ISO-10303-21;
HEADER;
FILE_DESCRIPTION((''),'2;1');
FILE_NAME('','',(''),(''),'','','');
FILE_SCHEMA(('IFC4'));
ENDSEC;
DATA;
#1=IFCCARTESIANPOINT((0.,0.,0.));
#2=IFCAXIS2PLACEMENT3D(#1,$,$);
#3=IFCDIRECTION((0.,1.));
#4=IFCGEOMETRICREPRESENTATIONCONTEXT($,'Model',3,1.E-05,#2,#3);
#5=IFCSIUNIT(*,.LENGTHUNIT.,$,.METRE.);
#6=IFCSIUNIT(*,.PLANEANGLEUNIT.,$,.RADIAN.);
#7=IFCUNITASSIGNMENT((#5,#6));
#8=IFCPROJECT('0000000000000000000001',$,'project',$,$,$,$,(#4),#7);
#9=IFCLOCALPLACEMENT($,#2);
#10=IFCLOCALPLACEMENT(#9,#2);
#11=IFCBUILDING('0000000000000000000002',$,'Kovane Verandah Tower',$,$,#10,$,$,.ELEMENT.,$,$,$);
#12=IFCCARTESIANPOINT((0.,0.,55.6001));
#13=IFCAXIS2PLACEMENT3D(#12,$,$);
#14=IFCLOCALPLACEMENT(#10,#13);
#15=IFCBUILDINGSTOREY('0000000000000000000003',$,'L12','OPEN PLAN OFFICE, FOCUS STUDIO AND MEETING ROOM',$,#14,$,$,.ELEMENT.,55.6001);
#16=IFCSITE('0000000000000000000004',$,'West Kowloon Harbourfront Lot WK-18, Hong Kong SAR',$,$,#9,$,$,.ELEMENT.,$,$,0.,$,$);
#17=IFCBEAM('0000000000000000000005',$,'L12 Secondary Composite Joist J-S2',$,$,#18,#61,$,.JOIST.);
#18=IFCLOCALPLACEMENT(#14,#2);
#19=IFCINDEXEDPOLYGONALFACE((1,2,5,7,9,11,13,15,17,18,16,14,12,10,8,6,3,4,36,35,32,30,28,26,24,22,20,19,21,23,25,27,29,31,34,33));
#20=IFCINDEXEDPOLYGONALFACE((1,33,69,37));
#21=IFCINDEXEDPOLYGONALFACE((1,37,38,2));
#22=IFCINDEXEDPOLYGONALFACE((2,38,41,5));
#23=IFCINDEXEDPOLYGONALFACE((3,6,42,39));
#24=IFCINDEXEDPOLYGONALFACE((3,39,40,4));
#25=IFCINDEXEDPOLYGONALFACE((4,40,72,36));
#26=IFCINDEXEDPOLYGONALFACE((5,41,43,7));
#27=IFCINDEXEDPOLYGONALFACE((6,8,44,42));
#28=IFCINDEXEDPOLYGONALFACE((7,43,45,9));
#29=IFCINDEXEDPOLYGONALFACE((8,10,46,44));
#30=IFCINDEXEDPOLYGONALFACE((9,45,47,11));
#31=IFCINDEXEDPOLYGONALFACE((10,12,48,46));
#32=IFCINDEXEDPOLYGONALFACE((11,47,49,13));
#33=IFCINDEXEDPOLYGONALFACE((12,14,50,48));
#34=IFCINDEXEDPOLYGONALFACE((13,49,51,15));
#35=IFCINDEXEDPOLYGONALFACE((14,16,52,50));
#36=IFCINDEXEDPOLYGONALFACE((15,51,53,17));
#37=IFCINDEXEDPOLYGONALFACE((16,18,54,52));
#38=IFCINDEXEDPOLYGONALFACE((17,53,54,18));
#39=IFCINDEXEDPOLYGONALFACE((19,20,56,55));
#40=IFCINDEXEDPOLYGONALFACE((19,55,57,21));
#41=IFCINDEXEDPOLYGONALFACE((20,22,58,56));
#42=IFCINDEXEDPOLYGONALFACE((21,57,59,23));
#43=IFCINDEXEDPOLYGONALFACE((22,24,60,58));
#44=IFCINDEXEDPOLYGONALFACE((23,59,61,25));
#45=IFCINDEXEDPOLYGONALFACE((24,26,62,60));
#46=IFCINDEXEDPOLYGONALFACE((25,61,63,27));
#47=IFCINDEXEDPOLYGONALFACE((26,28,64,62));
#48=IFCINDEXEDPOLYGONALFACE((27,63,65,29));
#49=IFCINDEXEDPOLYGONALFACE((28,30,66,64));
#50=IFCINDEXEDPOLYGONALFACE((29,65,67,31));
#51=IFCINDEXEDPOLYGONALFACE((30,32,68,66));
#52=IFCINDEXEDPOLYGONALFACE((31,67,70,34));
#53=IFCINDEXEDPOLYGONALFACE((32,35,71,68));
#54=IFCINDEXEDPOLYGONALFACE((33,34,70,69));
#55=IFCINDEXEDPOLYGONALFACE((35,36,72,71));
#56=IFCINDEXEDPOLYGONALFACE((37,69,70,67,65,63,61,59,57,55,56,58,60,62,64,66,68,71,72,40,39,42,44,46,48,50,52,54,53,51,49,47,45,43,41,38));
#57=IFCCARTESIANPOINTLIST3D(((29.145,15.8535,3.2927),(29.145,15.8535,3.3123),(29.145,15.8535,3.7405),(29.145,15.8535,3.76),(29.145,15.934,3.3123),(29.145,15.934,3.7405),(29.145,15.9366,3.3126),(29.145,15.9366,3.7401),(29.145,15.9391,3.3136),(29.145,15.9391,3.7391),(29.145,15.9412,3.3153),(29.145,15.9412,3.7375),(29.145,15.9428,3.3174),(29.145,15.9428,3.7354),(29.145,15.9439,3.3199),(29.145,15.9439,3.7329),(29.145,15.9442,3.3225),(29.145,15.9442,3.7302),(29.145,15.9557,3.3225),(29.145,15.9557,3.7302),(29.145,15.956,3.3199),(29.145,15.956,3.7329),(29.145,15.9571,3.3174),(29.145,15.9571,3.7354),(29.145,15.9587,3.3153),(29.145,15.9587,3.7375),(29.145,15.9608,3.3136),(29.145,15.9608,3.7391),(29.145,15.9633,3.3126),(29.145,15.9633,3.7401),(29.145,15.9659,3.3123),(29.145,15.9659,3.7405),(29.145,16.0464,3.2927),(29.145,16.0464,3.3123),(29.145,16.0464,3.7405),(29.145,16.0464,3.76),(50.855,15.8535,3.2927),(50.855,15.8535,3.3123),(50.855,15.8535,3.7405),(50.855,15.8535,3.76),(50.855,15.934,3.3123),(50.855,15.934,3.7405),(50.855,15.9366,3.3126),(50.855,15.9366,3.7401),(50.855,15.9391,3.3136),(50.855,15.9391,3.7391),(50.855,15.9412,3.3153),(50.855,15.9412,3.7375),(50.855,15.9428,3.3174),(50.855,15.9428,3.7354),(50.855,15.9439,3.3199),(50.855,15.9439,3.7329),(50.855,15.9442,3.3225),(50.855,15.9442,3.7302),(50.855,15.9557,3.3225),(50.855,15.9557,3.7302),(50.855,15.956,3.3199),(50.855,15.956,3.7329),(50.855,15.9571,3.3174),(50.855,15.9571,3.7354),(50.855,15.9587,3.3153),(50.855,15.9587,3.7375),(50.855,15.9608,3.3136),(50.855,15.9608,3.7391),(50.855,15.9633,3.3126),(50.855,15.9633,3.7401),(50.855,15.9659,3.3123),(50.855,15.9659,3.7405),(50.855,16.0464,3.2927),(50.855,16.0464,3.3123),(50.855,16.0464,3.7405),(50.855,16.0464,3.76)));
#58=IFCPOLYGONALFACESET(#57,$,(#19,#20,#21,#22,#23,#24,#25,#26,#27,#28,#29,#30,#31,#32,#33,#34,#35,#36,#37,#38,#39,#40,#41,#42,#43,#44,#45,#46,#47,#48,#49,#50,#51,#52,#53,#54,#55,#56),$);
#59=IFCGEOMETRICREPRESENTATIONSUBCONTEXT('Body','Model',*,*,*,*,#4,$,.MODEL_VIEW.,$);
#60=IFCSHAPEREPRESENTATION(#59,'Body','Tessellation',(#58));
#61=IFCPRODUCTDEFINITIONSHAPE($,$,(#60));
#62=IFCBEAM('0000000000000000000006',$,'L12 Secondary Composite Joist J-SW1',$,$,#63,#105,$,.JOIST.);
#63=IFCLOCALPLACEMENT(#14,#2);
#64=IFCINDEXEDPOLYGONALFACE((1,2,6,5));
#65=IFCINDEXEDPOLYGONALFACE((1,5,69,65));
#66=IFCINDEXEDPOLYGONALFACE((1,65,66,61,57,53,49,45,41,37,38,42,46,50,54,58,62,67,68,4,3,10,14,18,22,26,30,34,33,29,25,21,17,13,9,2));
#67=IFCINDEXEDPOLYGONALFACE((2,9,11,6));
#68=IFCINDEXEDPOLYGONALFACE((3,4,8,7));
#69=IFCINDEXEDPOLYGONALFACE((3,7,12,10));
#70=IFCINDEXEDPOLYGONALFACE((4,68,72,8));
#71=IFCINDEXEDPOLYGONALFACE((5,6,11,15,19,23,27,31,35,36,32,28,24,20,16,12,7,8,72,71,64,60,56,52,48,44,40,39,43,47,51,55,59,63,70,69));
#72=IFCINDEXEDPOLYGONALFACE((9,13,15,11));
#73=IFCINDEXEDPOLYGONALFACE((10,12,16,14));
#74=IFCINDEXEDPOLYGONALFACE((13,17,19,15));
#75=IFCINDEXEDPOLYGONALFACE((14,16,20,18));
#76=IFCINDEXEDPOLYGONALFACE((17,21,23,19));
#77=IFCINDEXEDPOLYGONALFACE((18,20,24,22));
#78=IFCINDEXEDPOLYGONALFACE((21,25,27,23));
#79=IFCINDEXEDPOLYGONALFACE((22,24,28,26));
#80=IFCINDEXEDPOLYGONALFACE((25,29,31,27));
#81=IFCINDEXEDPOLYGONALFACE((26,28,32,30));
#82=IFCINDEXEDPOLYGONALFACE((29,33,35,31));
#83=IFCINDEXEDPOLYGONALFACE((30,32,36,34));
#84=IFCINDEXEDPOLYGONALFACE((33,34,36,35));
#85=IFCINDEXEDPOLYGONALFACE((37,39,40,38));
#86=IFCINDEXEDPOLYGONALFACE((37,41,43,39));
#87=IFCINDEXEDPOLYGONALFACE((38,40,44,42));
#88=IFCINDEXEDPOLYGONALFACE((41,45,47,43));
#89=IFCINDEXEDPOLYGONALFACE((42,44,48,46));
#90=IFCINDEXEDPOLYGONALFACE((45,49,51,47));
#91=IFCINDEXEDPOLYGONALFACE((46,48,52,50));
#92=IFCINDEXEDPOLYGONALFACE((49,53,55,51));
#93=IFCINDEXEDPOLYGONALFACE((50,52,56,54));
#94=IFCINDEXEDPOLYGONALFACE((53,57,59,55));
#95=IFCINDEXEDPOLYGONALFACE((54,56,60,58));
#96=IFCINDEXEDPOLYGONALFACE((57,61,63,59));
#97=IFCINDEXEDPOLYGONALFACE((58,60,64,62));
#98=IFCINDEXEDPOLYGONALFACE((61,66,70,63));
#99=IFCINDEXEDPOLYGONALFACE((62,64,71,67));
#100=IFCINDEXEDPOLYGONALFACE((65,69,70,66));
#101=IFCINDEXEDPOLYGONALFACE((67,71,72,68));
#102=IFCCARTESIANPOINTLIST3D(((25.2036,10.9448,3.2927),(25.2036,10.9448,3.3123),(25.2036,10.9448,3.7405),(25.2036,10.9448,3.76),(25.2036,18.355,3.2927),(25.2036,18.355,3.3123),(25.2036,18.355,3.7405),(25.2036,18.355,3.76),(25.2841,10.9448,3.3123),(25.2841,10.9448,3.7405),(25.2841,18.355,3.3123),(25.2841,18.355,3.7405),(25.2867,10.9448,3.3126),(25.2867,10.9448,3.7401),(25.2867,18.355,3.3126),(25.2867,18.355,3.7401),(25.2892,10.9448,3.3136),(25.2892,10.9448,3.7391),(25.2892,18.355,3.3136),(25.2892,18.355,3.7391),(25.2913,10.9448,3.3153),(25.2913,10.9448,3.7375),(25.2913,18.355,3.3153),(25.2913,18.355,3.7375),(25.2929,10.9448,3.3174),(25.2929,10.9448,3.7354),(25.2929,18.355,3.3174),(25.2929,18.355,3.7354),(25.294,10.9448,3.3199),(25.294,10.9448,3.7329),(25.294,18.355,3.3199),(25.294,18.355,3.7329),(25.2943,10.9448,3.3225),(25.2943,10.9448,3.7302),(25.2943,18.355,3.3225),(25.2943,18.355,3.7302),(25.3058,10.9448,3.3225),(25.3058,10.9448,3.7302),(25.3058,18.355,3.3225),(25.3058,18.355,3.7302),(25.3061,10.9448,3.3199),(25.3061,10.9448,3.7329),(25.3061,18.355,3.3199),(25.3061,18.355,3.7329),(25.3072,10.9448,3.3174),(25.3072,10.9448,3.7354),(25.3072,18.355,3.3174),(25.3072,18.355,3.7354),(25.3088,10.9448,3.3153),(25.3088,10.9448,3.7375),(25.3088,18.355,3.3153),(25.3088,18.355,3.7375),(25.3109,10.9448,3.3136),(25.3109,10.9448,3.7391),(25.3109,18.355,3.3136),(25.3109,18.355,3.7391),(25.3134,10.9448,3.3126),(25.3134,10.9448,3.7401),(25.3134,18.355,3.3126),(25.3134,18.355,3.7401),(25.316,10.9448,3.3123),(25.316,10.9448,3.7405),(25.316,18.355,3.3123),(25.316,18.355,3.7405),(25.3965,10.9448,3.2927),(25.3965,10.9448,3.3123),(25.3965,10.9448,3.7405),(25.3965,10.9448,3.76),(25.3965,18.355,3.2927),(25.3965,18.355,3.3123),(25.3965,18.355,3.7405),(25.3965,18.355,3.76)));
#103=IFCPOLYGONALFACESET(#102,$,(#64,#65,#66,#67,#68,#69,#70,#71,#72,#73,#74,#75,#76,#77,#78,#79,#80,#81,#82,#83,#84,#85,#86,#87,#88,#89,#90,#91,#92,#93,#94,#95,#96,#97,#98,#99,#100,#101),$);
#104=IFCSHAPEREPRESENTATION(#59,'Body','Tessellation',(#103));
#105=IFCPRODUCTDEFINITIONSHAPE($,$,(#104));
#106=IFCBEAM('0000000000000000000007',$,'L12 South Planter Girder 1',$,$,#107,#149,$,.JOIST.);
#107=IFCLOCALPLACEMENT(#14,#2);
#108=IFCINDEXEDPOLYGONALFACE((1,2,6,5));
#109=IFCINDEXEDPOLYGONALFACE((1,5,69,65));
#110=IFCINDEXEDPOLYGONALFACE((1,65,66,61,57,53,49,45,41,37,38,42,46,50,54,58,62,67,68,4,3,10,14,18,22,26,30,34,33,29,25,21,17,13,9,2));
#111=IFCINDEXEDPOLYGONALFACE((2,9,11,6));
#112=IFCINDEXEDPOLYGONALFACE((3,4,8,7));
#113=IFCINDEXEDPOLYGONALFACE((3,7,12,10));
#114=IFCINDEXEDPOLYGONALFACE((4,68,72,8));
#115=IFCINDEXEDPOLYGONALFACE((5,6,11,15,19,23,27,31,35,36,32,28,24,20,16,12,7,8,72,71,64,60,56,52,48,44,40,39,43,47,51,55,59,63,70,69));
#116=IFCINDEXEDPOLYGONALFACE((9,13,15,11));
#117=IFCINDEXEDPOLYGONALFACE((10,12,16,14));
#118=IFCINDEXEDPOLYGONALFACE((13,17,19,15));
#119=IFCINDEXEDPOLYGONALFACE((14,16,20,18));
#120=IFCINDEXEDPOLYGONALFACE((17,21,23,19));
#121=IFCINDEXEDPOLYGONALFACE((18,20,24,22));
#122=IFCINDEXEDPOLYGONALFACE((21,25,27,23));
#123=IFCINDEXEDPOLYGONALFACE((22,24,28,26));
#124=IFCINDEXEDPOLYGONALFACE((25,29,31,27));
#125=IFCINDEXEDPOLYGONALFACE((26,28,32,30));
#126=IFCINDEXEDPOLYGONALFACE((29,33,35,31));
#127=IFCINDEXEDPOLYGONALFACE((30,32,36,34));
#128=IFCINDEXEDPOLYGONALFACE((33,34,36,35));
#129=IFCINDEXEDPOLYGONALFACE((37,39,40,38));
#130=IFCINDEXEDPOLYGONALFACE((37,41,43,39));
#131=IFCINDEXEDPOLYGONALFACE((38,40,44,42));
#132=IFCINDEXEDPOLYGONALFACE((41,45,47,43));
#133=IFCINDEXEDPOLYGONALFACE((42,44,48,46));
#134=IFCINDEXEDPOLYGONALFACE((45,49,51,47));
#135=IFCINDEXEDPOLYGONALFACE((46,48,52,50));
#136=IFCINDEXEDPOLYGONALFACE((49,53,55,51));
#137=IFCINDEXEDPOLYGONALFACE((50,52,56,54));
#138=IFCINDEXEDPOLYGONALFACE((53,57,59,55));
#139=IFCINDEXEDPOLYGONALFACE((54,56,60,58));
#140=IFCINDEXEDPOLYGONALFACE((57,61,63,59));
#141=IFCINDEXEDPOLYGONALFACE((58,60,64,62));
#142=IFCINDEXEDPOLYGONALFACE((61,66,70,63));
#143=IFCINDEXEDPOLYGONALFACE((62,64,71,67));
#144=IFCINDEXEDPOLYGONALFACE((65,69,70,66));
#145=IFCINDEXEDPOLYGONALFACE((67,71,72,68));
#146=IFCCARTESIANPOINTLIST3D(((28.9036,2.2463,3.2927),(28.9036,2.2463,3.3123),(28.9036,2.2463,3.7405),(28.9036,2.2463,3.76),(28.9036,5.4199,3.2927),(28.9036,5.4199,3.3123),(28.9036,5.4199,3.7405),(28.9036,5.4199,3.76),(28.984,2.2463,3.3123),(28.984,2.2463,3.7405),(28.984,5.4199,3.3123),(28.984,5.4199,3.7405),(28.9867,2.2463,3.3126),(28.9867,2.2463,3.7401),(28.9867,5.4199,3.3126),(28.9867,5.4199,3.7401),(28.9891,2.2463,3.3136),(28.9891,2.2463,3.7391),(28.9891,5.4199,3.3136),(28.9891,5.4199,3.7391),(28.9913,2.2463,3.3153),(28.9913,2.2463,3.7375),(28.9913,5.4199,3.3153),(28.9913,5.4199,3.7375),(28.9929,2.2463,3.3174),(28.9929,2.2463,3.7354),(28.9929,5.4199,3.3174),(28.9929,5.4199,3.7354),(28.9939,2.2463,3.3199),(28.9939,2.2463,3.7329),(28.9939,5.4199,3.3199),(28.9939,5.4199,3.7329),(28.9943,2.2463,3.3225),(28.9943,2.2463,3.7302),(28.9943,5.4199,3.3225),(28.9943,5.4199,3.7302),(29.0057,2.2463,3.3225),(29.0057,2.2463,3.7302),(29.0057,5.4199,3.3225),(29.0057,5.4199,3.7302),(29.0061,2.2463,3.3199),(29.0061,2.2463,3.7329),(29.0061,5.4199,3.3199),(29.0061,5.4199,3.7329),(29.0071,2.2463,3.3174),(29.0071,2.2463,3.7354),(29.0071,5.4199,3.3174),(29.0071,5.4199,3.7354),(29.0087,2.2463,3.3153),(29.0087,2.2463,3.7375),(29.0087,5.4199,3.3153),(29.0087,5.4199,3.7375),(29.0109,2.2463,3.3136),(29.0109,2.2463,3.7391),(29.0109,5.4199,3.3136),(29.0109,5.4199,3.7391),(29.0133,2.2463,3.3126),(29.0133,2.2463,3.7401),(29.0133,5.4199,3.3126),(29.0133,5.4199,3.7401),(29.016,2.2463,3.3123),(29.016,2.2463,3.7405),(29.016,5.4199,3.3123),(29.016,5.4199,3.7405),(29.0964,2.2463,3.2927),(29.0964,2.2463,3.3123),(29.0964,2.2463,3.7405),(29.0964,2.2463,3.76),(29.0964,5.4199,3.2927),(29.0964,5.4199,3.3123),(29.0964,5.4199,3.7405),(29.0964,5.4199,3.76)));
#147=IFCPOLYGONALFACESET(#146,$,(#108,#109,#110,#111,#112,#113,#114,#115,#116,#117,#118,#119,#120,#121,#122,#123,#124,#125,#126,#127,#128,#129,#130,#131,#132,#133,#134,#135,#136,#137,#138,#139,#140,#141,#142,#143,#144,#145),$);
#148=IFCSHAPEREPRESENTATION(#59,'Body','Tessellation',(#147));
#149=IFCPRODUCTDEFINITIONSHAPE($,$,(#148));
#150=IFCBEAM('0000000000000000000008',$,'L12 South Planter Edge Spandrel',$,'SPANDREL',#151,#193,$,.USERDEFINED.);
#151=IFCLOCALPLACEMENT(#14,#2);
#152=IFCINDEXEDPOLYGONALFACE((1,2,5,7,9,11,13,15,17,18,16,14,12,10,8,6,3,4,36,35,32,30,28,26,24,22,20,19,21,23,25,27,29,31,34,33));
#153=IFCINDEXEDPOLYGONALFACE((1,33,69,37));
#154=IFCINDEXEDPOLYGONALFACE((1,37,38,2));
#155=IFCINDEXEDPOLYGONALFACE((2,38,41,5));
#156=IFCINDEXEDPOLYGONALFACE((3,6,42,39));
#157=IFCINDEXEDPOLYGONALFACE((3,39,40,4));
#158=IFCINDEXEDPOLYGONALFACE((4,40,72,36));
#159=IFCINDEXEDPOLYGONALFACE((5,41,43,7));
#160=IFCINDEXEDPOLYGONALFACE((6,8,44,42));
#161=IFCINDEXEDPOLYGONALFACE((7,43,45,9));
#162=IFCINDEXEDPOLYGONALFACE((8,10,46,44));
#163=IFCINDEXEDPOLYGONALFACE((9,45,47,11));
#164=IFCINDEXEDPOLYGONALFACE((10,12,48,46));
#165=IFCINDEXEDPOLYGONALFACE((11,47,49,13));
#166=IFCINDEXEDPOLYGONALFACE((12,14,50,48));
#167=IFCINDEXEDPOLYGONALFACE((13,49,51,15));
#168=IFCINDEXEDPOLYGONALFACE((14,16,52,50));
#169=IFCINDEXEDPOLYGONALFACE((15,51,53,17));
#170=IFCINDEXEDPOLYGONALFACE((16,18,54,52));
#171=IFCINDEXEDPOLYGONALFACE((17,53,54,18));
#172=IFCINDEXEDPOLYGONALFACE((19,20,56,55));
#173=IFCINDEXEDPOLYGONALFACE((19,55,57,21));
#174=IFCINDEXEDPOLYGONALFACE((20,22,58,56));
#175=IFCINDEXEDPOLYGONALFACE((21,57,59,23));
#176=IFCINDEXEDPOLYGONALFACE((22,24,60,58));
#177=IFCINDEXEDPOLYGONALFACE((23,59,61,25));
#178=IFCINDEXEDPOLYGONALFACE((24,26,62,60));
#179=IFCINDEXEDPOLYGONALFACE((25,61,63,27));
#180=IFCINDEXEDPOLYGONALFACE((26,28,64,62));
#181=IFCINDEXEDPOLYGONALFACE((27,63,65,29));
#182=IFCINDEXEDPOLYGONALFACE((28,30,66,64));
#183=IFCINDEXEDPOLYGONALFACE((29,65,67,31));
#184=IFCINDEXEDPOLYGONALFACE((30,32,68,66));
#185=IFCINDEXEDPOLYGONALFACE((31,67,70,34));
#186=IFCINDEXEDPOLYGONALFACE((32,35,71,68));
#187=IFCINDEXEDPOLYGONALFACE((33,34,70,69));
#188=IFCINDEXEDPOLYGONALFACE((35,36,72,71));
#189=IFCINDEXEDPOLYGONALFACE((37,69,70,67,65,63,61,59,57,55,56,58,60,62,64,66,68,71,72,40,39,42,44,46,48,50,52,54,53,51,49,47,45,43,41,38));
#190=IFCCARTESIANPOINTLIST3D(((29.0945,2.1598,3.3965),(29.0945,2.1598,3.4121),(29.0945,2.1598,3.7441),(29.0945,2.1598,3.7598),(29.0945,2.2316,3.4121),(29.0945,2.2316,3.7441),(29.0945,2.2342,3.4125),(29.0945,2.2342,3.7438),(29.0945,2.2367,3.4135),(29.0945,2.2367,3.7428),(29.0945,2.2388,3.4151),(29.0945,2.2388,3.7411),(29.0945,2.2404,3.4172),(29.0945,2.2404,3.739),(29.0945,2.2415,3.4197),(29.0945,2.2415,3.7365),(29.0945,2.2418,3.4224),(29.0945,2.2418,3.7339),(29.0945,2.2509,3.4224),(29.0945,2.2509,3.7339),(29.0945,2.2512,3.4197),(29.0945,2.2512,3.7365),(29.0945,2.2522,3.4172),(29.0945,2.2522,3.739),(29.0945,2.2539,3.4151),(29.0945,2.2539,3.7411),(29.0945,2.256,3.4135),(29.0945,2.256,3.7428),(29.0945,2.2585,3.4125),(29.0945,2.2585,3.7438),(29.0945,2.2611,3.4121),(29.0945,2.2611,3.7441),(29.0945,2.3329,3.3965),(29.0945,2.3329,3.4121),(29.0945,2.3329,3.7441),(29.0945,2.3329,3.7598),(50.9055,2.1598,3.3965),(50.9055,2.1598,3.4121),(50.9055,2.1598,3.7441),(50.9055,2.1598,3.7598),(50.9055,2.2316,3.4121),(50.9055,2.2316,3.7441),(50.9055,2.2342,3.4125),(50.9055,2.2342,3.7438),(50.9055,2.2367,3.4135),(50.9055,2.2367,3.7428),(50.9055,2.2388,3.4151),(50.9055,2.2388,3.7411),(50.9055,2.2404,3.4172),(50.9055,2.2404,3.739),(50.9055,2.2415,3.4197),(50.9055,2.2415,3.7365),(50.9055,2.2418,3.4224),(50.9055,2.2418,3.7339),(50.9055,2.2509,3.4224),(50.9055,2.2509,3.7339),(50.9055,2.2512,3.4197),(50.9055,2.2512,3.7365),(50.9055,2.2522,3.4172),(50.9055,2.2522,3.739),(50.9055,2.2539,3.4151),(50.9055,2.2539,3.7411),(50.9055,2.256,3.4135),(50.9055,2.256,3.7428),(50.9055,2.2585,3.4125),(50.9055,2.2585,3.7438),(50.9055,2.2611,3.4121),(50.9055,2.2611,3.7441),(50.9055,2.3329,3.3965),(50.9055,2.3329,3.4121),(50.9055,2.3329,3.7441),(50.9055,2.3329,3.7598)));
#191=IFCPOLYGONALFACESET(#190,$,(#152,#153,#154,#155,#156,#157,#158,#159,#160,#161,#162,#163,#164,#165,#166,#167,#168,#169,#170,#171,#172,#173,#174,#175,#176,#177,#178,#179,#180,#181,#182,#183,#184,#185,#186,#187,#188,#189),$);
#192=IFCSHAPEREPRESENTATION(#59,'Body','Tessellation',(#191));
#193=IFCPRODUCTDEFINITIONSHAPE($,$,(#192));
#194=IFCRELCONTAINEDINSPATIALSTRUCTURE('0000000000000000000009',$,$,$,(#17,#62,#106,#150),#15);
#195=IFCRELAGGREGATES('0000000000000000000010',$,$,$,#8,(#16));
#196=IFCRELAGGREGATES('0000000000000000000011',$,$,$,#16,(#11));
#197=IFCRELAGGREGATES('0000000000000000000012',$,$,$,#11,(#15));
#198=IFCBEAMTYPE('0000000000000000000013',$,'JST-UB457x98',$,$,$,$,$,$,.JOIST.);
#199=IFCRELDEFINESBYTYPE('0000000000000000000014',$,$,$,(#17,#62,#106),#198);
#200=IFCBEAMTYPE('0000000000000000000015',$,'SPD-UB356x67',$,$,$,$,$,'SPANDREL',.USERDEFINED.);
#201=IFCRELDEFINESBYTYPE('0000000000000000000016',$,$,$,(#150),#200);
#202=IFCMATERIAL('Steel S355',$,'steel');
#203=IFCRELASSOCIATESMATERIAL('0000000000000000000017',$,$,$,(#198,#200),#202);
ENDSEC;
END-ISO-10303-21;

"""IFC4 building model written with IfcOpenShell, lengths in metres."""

from ifc_helpers import new_model, si_unit, direction, frame, origin, origin_2d, place, context, subcontext, project, spatial, i_section, extrude, material, material_profile, profile_set, type_object, element, save


model = new_model("IFC4")

# Units and contexts
model_context = context("Model", 3, precision=1e-05, world=origin(), true_north=direction((0.0, 1.0)))
body_context = subcontext(model_context, "Body", "Model", "MODEL_VIEW")
ifc_project = project(units=[si_unit("LENGTHUNIT", "METRE"), si_unit("PLANEANGLEUNIT", "RADIAN")], contexts=[model_context])

# Site, building, storey
site_placement = place(None, origin())
site = spatial("IfcSite", under=ifc_project, at=site_placement, Name="West Kowloon Harbourfront Lot WK-18, Hong Kong SAR", CompositionType="ELEMENT", RefElevation=0.0)
building_placement = place(site_placement, origin())
building = spatial("IfcBuilding", under=site, at=building_placement, Name="Kovane Verandah Tower", CompositionType="ELEMENT")
storey_placement = place(building_placement, frame((0.0, 0.0, 55.6001)))
storey = spatial("IfcBuildingStorey", under=building, at=storey_placement, Name="L12", Description="OPEN PLAN OFFICE, FOCUS STUDIO AND MEETING ROOM", CompositionType="ELEMENT", Elevation=55.6001)

# Beams
ifc_material_1 = material(Name="Steel S355", Category="steel")
ifc_material_profile_1 = material_profile(ifc_material_1, i_section(OverallWidth=0.1929, OverallDepth=0.4673, WebThickness=0.0115, FlangeThickness=0.0195, FilletRadius=0.0103, at=origin_2d()), Name="UB457x191x98")
ifc_profile_set_1 = profile_set([ifc_material_profile_1], Name="Steel S355")
beam_type_1 = type_object("IfcBeamType", Name="JST-UB457x98", PredefinedType="JOIST", material=ifc_profile_set_1)
for number, where, z_axis, x_axis, name in (
    (1, (29.145, 15.95, 3.5264), (1.0, 0.0, 0.0), (0.0, 1.0, 0.0), "L12 Secondary Composite Joist J-S2"),
):
    element("IfcBeam", number, at=place(storey_placement, frame(where, z_axis=z_axis, x_axis=x_axis)), inside=storey, type_object=beam_type_1, Name=name, PredefinedType="JOIST", context=body_context, shape_type="SweptSolid", body=[
        extrude(i_section(OverallWidth=0.1929, OverallDepth=0.4673, WebThickness=0.0115, FlangeThickness=0.0195, FilletRadius=0.0103, at=origin_2d()), origin(), (0.0, 0.0, 1.0), 21.71),
    ])
beam_1_placement = place(storey_placement, frame((25.3, 10.9448, 3.5264), z_axis=(0.0, 1.0, 0.0), x_axis=(-1.0, 0.0, 0.0)))
element("IfcBeam", 2, at=beam_1_placement, inside=storey, type_object=beam_type_1, Name="L12 Secondary Composite Joist J-SW1", PredefinedType="JOIST", context=body_context, shape_type="SweptSolid", body=[
    extrude(i_section(OverallWidth=0.1929, OverallDepth=0.4673, WebThickness=0.0115, FlangeThickness=0.0195, FilletRadius=0.0103, at=origin_2d()), origin(), (0.0, 0.0, 1.0), 7.4102),
])
beam_2_placement = place(storey_placement, frame((29.0, 5.4199, 3.5264), z_axis=(0.0, -1.0, 0.0), x_axis=(1.0, 0.0, 0.0)))
element("IfcBeam", 3, at=beam_2_placement, inside=storey, type_object=beam_type_1, Name="L12 South Planter Girder 1", PredefinedType="JOIST", context=body_context, shape_type="SweptSolid", body=[
    extrude(i_section(OverallWidth=0.1929, OverallDepth=0.4673, WebThickness=0.0115, FlangeThickness=0.0195, FilletRadius=0.0103, at=origin_2d()), origin(), (0.0, 0.0, 1.0), 3.1736),
])
ifc_material_profile_2 = material_profile(ifc_material_1, i_section(OverallWidth=0.1731, OverallDepth=0.3633, WebThickness=0.009, FlangeThickness=0.0156, FilletRadius=0.0103, at=origin_2d()), Name="UB356x171x67")
ifc_profile_set_2 = profile_set([ifc_material_profile_2], Name="Steel S355")
beam_type_2 = type_object("IfcBeamType", Name="SPD-UB356x67", ElementType="SPANDREL", PredefinedType="USERDEFINED", material=ifc_profile_set_2)
beam_3_placement = place(storey_placement, frame((29.0945, 2.2463, 3.5781), z_axis=(1.0, 0.0, 0.0), x_axis=(0.0, 1.0, 0.0)))
element("IfcBeam", 4, at=beam_3_placement, inside=storey, type_object=beam_type_2, Name="L12 South Planter Edge Spandrel", ObjectType="SPANDREL", PredefinedType="USERDEFINED", context=body_context, shape_type="SweptSolid", body=[
    extrude(i_section(OverallWidth=0.1731, OverallDepth=0.3633, WebThickness=0.009, FlangeThickness=0.0156, FilletRadius=0.0103, at=origin_2d()), origin(), (0.0, 0.0, 1.0), 21.811),
])

save(model, "model.ifc")
